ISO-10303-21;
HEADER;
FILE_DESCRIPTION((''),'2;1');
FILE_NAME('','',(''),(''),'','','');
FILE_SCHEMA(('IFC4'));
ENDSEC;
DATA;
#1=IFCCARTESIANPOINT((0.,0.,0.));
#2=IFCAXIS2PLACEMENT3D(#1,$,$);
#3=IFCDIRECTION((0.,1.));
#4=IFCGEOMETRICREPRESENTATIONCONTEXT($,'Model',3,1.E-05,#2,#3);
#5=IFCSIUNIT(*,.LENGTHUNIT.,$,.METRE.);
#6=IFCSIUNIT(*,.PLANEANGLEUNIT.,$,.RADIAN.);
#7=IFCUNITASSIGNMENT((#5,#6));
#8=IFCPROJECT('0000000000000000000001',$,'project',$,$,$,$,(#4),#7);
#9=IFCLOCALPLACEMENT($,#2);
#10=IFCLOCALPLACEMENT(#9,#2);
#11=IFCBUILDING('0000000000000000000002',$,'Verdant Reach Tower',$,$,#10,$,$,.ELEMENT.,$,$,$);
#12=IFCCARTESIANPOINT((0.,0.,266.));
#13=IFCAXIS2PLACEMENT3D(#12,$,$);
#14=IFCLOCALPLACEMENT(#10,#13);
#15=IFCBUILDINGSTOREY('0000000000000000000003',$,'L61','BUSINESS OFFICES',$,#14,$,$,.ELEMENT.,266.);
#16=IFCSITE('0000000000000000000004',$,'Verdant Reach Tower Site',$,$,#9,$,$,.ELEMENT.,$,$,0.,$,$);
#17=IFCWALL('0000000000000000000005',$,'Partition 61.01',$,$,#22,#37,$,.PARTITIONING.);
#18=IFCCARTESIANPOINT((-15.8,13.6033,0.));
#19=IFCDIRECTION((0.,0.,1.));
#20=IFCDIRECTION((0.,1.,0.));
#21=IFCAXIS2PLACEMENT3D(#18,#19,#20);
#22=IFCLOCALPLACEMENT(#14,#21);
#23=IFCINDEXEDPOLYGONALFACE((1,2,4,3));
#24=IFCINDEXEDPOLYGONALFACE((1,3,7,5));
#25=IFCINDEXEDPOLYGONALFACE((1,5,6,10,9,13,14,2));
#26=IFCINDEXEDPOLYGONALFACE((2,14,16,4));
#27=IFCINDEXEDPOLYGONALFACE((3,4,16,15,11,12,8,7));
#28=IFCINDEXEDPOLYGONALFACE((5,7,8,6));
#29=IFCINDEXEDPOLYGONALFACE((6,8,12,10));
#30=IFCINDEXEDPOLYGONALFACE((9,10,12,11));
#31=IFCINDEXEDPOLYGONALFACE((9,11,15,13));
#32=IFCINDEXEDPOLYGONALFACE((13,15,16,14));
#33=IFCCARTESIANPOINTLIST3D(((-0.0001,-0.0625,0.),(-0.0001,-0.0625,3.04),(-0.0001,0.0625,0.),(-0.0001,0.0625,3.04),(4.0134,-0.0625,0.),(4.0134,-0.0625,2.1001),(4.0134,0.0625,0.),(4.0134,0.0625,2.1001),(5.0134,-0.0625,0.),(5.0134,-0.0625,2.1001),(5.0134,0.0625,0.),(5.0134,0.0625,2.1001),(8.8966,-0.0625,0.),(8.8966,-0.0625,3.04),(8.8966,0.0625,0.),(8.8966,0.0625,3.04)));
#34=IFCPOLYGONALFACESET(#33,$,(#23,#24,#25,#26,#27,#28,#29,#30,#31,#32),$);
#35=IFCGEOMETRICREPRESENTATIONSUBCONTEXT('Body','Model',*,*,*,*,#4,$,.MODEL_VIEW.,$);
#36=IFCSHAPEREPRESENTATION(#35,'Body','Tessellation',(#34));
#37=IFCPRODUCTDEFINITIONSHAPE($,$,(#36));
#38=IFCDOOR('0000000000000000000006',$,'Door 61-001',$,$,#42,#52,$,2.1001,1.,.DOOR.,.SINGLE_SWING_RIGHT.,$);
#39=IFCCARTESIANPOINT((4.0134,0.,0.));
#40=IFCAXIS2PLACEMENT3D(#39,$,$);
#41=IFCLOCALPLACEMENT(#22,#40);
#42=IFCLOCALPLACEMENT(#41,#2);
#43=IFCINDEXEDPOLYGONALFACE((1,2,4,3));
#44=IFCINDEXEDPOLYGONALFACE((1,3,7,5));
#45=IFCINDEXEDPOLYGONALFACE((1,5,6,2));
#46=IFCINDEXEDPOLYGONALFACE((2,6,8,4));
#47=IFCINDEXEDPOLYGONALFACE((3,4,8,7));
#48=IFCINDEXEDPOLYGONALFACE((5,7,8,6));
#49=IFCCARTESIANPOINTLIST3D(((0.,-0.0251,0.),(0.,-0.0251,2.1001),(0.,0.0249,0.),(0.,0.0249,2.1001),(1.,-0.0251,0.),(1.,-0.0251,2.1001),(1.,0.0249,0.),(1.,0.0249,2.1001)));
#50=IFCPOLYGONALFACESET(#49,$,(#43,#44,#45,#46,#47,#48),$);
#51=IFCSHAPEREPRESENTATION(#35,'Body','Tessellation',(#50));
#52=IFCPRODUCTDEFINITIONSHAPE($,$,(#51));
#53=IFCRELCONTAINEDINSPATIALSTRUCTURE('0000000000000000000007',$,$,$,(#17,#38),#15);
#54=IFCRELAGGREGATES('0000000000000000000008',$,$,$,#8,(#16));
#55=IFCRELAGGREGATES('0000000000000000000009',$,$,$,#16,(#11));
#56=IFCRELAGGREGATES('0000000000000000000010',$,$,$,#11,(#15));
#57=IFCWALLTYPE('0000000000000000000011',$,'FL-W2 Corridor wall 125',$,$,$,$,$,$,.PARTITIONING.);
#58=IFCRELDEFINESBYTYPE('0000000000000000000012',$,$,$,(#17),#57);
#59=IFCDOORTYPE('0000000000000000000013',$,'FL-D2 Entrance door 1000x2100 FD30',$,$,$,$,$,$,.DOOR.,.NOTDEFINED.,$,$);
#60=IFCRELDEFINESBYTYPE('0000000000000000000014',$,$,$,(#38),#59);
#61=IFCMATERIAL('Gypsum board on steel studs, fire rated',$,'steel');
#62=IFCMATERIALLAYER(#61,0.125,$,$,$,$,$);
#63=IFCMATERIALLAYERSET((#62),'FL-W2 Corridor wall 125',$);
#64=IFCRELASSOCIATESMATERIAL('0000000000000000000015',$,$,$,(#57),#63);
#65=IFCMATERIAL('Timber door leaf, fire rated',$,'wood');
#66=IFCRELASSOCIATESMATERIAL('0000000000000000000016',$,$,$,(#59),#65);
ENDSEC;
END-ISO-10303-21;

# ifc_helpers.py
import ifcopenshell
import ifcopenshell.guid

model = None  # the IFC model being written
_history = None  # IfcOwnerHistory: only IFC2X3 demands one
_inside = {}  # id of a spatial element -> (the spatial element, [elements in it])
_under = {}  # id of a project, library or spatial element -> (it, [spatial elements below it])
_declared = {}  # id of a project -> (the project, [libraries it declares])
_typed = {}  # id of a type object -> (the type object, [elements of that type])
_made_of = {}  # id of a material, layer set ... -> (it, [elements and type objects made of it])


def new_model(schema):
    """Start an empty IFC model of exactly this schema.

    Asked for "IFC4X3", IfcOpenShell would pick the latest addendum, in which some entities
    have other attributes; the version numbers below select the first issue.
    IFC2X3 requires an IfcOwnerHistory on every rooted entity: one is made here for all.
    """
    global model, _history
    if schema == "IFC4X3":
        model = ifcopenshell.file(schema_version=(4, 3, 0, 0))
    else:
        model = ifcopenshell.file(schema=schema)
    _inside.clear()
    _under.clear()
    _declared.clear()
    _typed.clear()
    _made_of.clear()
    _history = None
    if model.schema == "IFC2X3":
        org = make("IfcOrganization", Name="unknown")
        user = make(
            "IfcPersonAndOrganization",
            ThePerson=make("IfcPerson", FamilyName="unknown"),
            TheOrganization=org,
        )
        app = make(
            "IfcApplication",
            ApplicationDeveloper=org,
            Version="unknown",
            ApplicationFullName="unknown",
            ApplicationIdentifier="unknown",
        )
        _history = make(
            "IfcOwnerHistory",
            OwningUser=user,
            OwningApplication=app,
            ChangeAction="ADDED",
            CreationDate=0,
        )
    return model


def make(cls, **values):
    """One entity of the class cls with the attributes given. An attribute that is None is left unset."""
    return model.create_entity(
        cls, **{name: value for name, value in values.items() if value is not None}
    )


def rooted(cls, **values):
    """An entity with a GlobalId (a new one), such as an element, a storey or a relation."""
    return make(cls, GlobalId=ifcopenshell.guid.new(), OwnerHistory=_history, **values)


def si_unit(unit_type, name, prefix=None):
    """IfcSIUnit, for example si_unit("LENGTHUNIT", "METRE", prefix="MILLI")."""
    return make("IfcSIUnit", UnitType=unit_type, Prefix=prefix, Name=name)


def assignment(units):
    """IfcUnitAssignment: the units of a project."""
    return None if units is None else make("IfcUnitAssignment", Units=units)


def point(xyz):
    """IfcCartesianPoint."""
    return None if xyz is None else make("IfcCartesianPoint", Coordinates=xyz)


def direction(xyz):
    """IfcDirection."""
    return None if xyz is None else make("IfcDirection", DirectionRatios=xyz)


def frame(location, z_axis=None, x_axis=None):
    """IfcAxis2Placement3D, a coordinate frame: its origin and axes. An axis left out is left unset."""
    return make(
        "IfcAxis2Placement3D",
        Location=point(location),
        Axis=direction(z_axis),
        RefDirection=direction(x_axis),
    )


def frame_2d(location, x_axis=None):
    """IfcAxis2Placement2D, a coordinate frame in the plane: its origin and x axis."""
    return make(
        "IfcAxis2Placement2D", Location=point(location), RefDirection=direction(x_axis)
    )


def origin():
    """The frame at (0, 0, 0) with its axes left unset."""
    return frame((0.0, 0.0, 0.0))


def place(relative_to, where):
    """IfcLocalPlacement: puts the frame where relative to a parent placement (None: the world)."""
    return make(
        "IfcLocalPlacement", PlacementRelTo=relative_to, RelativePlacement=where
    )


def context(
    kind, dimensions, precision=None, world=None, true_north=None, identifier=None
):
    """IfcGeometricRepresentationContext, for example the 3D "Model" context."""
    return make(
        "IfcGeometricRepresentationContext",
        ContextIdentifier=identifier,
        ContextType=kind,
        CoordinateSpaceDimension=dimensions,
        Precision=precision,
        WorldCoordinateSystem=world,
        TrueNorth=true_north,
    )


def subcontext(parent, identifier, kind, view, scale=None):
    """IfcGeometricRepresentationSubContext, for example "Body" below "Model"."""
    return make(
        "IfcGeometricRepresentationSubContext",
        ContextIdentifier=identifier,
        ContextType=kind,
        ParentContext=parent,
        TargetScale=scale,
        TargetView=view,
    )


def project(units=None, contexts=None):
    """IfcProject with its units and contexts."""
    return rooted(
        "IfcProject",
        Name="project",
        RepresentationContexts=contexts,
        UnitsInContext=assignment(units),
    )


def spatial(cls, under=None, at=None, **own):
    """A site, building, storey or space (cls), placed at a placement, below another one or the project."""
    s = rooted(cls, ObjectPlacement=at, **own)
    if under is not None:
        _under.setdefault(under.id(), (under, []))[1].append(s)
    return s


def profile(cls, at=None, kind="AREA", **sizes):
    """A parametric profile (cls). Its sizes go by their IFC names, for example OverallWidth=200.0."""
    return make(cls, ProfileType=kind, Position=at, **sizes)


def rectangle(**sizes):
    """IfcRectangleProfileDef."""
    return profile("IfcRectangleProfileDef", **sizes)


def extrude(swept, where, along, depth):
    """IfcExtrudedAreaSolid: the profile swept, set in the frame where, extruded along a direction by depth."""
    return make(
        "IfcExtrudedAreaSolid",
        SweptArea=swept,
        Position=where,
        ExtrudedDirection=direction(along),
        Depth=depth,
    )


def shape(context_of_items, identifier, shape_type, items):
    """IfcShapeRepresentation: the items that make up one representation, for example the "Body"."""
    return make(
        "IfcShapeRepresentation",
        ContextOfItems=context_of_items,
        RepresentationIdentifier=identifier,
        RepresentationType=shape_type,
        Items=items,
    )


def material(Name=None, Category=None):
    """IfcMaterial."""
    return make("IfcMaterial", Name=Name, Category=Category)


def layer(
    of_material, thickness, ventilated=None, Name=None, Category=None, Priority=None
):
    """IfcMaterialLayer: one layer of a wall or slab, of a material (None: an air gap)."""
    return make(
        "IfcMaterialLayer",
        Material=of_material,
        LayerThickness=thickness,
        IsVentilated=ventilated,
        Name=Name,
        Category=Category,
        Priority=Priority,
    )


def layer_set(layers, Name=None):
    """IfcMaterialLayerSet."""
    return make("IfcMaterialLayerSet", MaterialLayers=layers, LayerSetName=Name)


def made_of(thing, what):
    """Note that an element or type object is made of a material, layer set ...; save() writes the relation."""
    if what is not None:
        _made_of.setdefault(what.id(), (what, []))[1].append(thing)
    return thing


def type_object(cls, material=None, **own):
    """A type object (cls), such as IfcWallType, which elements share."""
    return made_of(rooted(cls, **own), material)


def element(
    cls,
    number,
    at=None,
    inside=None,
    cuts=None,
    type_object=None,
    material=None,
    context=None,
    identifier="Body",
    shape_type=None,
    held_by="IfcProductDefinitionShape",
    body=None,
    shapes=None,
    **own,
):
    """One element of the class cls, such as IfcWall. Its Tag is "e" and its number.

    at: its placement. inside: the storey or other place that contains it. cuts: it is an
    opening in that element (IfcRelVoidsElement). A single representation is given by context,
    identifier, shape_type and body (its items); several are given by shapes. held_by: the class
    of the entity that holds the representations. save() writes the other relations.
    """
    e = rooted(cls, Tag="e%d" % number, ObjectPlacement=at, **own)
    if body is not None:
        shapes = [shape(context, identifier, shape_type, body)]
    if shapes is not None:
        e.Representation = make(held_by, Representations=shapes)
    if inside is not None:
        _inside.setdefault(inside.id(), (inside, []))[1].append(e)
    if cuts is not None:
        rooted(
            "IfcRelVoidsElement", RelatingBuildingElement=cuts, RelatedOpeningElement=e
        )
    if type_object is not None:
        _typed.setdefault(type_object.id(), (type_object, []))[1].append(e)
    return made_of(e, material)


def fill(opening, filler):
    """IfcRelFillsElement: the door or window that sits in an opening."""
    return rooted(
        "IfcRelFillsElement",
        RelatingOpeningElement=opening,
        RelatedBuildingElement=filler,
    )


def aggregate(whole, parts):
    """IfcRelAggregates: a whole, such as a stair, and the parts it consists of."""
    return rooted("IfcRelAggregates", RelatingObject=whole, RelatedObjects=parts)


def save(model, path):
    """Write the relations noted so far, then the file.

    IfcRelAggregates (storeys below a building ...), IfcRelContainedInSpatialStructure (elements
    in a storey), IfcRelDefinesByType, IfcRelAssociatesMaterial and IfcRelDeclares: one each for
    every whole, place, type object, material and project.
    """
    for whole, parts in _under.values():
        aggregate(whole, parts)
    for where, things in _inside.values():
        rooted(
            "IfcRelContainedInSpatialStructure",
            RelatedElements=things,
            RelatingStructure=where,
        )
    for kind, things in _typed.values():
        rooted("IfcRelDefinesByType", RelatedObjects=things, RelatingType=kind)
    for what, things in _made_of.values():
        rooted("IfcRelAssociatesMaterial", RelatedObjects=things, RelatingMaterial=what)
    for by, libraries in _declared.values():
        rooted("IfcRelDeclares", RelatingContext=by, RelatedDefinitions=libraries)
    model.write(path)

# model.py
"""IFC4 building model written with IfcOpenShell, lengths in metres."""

from ifc_helpers import new_model, si_unit, direction, frame, frame_2d, origin, place, context, subcontext, project, spatial, rectangle, extrude, material, layer, layer_set, type_object, element, fill, save


model = new_model("IFC4")

# Units and contexts
model_context = context("Model", 3, precision=1e-05, world=origin(), true_north=direction((0.0, 1.0)))
body_context = subcontext(model_context, "Body", "Model", "MODEL_VIEW")
ifc_project = project(units=[si_unit("LENGTHUNIT", "METRE"), si_unit("PLANEANGLEUNIT", "RADIAN")], contexts=[model_context])

# Site, building, storey
site_placement = place(None, origin())
site = spatial("IfcSite", under=ifc_project, at=site_placement, Name="Verdant Reach Tower Site", CompositionType="ELEMENT", RefElevation=0.0)
building_placement = place(site_placement, origin())
building = spatial("IfcBuilding", under=site, at=building_placement, Name="Verdant Reach Tower", CompositionType="ELEMENT")
storey_placement = place(building_placement, frame((0.0, 0.0, 266.0)))
storey = spatial("IfcBuildingStorey", under=building, at=storey_placement, Name="L61", Description="BUSINESS OFFICES", CompositionType="ELEMENT", Elevation=266.0)

# Wall, opening, door
ifc_material_1 = material(Name="Gypsum board on steel studs, fire rated", Category="steel")
ifc_layer_1 = layer(ifc_material_1, 0.125)
ifc_layer_set_1 = layer_set([ifc_layer_1], Name="FL-W2 Corridor wall 125")
wall_type_1 = type_object("IfcWallType", Name="FL-W2 Corridor wall 125", PredefinedType="PARTITIONING", material=ifc_layer_set_1)
wall_1_placement = place(storey_placement, frame((-15.8, 13.6033, 0.0), z_axis=(0.0, 0.0, 1.0), x_axis=(0.0, 1.0, 0.0)))
wall_1 = element("IfcWall", 1, at=wall_1_placement, inside=storey, type_object=wall_type_1, Name="Partition 61.01", PredefinedType="PARTITIONING", context=body_context, shape_type="SweptSolid", body=[
    extrude(rectangle(XDim=8.8967, YDim=0.125, at=frame_2d((4.4482, 0.0))), origin(), (0.0, 0.0, 1.0), 3.04),
])
opening_1_placement = place(wall_1_placement, frame((4.0134, 0.0, 0.0)))
opening_1 = element("IfcOpeningElement", 2, at=opening_1_placement, cuts=wall_1, PredefinedType="OPENING", context=body_context, shape_type="SweptSolid", body=[
    extrude(rectangle(XDim=1.0, YDim=2.1001, at=frame_2d((0.5, 1.05))), frame((0.0, 0.0725, 0.0), z_axis=(0.0, -1.0, 0.0), x_axis=(1.0, 0.0, 0.0)), (0.0, 0.0, 1.0), 0.145),
])
ifc_material_2 = material(Name="Timber door leaf, fire rated", Category="wood")
door_type = type_object("IfcDoorType", Name="FL-D2 Entrance door 1000x2100 FD30", OperationType="NOTDEFINED", PredefinedType="DOOR", material=ifc_material_2)
door_1_placement = place(opening_1_placement, origin())
door_1 = element("IfcDoor", 3, at=door_1_placement, inside=storey, type_object=door_type, Name="Door 61-001", OperationType="SINGLE_SWING_RIGHT", OverallHeight=2.1001, OverallWidth=1.0, PredefinedType="DOOR", context=body_context, shape_type="SweptSolid", body=[
    extrude(rectangle(XDim=1.0, YDim=2.1001, at=frame_2d((0.5, 1.05))), frame((0.0, 0.0249, 0.0), z_axis=(0.0, -1.0, 0.0), x_axis=(1.0, 0.0, 0.0)), (0.0, 0.0, 1.0), 0.05),
])
fill(opening_1, door_1)

save(model, "model.ifc")
